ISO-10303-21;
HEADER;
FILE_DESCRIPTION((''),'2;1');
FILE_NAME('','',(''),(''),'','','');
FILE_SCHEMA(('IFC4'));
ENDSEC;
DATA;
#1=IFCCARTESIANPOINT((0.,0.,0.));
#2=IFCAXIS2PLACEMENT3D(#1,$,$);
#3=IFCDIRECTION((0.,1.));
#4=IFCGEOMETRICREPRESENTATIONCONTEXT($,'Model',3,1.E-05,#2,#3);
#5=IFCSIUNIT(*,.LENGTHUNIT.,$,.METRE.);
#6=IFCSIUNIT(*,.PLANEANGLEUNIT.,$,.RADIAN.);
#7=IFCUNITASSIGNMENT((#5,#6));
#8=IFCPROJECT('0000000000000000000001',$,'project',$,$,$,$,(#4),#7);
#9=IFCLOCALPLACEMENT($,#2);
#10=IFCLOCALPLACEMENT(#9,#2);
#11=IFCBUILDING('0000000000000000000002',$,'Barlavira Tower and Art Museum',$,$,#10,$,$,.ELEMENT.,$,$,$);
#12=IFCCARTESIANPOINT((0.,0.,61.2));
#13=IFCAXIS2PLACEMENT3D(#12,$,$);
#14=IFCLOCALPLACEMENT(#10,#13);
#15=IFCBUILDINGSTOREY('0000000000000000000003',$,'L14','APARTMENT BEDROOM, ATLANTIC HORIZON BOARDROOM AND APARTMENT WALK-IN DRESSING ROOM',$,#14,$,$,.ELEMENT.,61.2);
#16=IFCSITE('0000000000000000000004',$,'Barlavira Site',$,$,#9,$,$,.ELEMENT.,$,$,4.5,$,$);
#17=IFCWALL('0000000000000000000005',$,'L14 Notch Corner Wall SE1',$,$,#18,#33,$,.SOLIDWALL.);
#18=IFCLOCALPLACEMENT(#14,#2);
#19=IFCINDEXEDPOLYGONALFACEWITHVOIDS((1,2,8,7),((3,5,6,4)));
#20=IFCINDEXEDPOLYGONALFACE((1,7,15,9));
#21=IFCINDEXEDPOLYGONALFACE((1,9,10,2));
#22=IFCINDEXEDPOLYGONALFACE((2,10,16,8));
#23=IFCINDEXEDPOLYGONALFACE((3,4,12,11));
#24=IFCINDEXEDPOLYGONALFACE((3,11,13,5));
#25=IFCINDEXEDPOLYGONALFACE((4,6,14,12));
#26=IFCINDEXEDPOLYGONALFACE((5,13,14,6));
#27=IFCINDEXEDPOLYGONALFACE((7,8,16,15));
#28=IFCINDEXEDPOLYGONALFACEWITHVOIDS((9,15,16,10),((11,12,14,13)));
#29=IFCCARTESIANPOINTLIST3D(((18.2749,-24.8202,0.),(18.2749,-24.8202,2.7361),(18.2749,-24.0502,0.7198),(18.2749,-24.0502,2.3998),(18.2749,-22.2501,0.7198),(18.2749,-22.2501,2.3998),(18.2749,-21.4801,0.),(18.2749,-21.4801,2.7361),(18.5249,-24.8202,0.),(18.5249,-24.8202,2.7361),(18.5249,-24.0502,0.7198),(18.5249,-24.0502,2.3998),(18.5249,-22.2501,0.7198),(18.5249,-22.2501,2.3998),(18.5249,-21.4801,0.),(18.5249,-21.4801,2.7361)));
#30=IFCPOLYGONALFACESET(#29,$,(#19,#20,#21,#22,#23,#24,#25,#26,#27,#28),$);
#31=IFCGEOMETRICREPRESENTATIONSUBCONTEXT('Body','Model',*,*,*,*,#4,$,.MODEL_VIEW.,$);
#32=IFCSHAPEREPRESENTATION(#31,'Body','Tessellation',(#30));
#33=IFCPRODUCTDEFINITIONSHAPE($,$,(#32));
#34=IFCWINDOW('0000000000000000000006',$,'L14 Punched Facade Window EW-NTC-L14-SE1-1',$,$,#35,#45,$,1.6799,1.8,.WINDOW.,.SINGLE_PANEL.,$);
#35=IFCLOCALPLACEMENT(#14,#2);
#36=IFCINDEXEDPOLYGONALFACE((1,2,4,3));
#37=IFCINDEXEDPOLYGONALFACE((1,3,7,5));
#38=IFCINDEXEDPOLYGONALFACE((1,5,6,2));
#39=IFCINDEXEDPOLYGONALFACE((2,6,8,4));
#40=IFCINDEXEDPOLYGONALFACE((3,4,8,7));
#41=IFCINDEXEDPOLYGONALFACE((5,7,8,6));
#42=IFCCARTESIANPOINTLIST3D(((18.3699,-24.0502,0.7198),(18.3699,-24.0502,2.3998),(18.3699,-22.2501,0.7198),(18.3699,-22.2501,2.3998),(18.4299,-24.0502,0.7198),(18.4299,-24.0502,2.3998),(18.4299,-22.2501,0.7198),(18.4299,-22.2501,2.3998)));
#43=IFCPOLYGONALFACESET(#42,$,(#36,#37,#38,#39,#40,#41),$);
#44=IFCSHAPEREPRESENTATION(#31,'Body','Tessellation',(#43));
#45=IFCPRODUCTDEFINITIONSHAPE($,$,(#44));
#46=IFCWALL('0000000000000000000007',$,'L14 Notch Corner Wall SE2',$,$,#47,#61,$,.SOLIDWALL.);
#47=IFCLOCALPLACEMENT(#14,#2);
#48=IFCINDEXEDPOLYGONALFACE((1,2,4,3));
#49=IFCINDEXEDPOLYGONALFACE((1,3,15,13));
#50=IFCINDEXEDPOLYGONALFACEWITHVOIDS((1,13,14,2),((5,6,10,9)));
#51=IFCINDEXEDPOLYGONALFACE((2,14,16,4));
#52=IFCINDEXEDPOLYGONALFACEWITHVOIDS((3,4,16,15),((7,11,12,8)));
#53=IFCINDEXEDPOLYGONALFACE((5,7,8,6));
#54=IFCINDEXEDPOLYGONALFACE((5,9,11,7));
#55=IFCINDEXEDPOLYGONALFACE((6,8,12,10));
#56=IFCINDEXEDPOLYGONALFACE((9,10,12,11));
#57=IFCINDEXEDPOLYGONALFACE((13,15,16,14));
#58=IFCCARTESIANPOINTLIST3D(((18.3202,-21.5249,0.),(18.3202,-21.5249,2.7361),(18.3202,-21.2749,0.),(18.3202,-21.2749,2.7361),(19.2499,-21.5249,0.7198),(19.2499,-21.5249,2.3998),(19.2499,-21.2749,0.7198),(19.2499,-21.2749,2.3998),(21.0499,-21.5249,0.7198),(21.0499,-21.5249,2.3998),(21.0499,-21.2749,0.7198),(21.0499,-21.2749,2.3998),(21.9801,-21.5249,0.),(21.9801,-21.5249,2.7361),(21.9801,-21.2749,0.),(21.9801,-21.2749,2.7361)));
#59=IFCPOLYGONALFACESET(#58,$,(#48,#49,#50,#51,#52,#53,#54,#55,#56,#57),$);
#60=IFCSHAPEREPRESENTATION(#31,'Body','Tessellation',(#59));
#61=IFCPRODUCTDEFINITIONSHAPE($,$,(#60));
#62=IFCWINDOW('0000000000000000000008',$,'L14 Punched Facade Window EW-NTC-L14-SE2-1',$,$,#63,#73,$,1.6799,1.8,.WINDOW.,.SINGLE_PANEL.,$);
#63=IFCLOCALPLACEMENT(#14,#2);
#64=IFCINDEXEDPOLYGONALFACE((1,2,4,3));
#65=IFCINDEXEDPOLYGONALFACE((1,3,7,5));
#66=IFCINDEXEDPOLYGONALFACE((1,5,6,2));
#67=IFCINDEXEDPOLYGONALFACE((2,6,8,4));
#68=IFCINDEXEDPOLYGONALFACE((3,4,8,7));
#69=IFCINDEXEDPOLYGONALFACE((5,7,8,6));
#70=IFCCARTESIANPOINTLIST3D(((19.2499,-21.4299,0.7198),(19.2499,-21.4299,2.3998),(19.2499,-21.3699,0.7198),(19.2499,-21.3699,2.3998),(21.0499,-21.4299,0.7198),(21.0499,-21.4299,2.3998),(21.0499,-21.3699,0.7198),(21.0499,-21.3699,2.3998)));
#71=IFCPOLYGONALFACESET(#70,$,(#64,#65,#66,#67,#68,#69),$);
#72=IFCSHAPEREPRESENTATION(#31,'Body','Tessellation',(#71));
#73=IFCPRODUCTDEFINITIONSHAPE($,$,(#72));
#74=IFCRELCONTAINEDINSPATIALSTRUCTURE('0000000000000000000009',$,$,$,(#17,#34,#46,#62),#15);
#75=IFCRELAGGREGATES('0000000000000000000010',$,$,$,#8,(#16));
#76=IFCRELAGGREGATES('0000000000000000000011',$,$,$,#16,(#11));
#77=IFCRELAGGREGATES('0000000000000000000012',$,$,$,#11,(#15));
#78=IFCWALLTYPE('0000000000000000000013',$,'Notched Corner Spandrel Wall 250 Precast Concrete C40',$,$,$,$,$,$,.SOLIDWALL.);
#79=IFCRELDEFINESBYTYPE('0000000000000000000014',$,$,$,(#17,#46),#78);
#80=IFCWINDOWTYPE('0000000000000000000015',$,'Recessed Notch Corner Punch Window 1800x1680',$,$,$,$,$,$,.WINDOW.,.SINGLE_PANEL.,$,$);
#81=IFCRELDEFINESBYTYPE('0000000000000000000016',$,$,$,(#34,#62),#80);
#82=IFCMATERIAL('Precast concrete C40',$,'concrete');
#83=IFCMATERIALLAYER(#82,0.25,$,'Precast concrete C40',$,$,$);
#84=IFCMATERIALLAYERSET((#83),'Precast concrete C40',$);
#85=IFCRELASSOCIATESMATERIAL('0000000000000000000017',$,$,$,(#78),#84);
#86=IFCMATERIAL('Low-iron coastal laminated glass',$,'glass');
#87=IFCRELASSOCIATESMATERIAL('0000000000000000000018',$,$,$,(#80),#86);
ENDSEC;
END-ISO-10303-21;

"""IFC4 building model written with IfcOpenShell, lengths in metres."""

from ifc_helpers import new_model, si_unit, direction, frame, frame_2d, origin, place, context, subcontext, project, spatial, rectangle, extrude, material, layer, layer_set, type_object, element, fill, save


model = new_model("IFC4")

# Units and contexts
model_context = context("Model", 3, precision=1e-05, world=origin(), true_north=direction((0.0, 1.0)))
body_context = subcontext(model_context, "Body", "Model", "MODEL_VIEW")
ifc_project = project(units=[si_unit("LENGTHUNIT", "METRE"), si_unit("PLANEANGLEUNIT", "RADIAN")], contexts=[model_context])

# Site, building, storey
site_placement = place(None, origin())
site = spatial("IfcSite", under=ifc_project, at=site_placement, Name="Barlavira Site", CompositionType="ELEMENT", RefElevation=4.5)
building_placement = place(site_placement, origin())
building = spatial("IfcBuilding", under=site, at=building_placement, Name="Barlavira Tower and Art Museum", CompositionType="ELEMENT")
storey_placement = place(building_placement, frame((0.0, 0.0, 61.2)))
storey = spatial("IfcBuildingStorey", under=building, at=storey_placement, Name="L14", Description="APARTMENT BEDROOM, ATLANTIC HORIZON BOARDROOM AND APARTMENT WALK-IN DRESSING ROOM", CompositionType="ELEMENT", Elevation=61.2)

# Shared definitions
ifc_material_1 = material(Name="Precast concrete C40", Category="concrete")
ifc_layer_1 = layer(ifc_material_1, 0.25, Name="Precast concrete C40")
ifc_layer_set_1 = layer_set([ifc_layer_1], Name="Precast concrete C40")
wall_type_1 = type_object("IfcWallType", Name="Notched Corner Spandrel Wall 250 Precast Concrete C40", PredefinedType="SOLIDWALL", material=ifc_layer_set_1)
ifc_material_2 = material(Name="Low-iron coastal laminated glass", Category="glass")
window_type = type_object("IfcWindowType", Name="Recessed Notch Corner Punch Window 1800x1680", PartitioningType="SINGLE_PANEL", PredefinedType="WINDOW", material=ifc_material_2)

# Walls, openings, windows
wall_1_placement = place(storey_placement, frame((18.3999, -24.8201, 0.0), z_axis=(0.0, 0.0, 1.0), x_axis=(0.0, 1.0, 0.0)))
wall_1 = element("IfcWall", 1, at=wall_1_placement, inside=storey, type_object=wall_type_1, Name="L14 Notch Corner Wall SE1", PredefinedType="SOLIDWALL", context=body_context, shape_type="SweptSolid", body=[
    extrude(rectangle(XDim=3.3401, YDim=0.25, at=frame_2d((1.6699, 0.0))), origin(), (0.0, 0.0, 1.0), 2.7361),
])
opening_1_placement = place(wall_1_placement, frame((0.77, 0.0, 0.72)))
opening_1 = element("IfcOpeningElement", 2, at=opening_1_placement, cuts=wall_1, PredefinedType="OPENING", context=body_context, shape_type="SweptSolid", body=[
    extrude(rectangle(XDim=1.8, YDim=1.6799, at=frame_2d((0.8999, 0.8398))), frame((0.0, 0.135, 0.0), z_axis=(0.0, -1.0, 0.0), x_axis=(1.0, 0.0, 0.0)), (0.0, 0.0, 1.0), 0.27),
])
window_1_placement = place(opening_1_placement, origin())
window_1 = element("IfcWindow", 3, at=window_1_placement, inside=storey, type_object=window_type, Name="L14 Punched Facade Window EW-NTC-L14-SE1-1", OverallHeight=1.6799, OverallWidth=1.8, PartitioningType="SINGLE_PANEL", PredefinedType="WINDOW", context=body_context, shape_type="SweptSolid", body=[
    extrude(rectangle(XDim=1.8, YDim=1.6799, at=frame_2d((0.8999, 0.8398))), frame((0.0, 0.03, 0.0), z_axis=(0.0, -1.0, 0.0), x_axis=(1.0, 0.0, 0.0)), (0.0, 0.0, 1.0), 0.0601),
])
fill(opening_1, window_1)
wall_2_placement = place(storey_placement, frame((18.3201, -21.3999, 0.0), z_axis=(0.0, 0.0, 1.0), x_axis=(1.0, 0.0, 0.0)))
wall_2 = element("IfcWall", 4, at=wall_2_placement, inside=storey, type_object=wall_type_1, Name="L14 Notch Corner Wall SE2", PredefinedType="SOLIDWALL", context=body_context, shape_type="SweptSolid", body=[
    extrude(rectangle(XDim=3.6599, YDim=0.25, at=frame_2d((1.8301, 0.0))), origin(), (0.0, 0.0, 1.0), 2.7361),
])
opening_2_placement = place(wall_2_placement, frame((0.9299, 0.0, 0.72)))
opening_2 = element("IfcOpeningElement", 5, at=opening_2_placement, cuts=wall_2, PredefinedType="OPENING", context=body_context, shape_type="SweptSolid", body=[
    extrude(rectangle(XDim=1.8, YDim=1.6799, at=frame_2d((0.8999, 0.8398))), frame((0.0, 0.135, 0.0), z_axis=(0.0, -1.0, 0.0), x_axis=(1.0, 0.0, 0.0)), (0.0, 0.0, 1.0), 0.27),
])
window_2_placement = place(opening_2_placement, origin())
window_2 = element("IfcWindow", 6, at=window_2_placement, inside=storey, type_object=window_type, Name="L14 Punched Facade Window EW-NTC-L14-SE2-1", OverallHeight=1.6799, OverallWidth=1.8, PartitioningType="SINGLE_PANEL", PredefinedType="WINDOW", context=body_context, shape_type="SweptSolid", body=[
    extrude(rectangle(XDim=1.8, YDim=1.6799, at=frame_2d((0.8999, 0.8398))), frame((0.0, 0.03, 0.0), z_axis=(0.0, -1.0, 0.0), x_axis=(1.0, 0.0, 0.0)), (0.0, 0.0, 1.0), 0.0601),
])
fill(opening_2, window_2)

save(model, "model.ifc")
